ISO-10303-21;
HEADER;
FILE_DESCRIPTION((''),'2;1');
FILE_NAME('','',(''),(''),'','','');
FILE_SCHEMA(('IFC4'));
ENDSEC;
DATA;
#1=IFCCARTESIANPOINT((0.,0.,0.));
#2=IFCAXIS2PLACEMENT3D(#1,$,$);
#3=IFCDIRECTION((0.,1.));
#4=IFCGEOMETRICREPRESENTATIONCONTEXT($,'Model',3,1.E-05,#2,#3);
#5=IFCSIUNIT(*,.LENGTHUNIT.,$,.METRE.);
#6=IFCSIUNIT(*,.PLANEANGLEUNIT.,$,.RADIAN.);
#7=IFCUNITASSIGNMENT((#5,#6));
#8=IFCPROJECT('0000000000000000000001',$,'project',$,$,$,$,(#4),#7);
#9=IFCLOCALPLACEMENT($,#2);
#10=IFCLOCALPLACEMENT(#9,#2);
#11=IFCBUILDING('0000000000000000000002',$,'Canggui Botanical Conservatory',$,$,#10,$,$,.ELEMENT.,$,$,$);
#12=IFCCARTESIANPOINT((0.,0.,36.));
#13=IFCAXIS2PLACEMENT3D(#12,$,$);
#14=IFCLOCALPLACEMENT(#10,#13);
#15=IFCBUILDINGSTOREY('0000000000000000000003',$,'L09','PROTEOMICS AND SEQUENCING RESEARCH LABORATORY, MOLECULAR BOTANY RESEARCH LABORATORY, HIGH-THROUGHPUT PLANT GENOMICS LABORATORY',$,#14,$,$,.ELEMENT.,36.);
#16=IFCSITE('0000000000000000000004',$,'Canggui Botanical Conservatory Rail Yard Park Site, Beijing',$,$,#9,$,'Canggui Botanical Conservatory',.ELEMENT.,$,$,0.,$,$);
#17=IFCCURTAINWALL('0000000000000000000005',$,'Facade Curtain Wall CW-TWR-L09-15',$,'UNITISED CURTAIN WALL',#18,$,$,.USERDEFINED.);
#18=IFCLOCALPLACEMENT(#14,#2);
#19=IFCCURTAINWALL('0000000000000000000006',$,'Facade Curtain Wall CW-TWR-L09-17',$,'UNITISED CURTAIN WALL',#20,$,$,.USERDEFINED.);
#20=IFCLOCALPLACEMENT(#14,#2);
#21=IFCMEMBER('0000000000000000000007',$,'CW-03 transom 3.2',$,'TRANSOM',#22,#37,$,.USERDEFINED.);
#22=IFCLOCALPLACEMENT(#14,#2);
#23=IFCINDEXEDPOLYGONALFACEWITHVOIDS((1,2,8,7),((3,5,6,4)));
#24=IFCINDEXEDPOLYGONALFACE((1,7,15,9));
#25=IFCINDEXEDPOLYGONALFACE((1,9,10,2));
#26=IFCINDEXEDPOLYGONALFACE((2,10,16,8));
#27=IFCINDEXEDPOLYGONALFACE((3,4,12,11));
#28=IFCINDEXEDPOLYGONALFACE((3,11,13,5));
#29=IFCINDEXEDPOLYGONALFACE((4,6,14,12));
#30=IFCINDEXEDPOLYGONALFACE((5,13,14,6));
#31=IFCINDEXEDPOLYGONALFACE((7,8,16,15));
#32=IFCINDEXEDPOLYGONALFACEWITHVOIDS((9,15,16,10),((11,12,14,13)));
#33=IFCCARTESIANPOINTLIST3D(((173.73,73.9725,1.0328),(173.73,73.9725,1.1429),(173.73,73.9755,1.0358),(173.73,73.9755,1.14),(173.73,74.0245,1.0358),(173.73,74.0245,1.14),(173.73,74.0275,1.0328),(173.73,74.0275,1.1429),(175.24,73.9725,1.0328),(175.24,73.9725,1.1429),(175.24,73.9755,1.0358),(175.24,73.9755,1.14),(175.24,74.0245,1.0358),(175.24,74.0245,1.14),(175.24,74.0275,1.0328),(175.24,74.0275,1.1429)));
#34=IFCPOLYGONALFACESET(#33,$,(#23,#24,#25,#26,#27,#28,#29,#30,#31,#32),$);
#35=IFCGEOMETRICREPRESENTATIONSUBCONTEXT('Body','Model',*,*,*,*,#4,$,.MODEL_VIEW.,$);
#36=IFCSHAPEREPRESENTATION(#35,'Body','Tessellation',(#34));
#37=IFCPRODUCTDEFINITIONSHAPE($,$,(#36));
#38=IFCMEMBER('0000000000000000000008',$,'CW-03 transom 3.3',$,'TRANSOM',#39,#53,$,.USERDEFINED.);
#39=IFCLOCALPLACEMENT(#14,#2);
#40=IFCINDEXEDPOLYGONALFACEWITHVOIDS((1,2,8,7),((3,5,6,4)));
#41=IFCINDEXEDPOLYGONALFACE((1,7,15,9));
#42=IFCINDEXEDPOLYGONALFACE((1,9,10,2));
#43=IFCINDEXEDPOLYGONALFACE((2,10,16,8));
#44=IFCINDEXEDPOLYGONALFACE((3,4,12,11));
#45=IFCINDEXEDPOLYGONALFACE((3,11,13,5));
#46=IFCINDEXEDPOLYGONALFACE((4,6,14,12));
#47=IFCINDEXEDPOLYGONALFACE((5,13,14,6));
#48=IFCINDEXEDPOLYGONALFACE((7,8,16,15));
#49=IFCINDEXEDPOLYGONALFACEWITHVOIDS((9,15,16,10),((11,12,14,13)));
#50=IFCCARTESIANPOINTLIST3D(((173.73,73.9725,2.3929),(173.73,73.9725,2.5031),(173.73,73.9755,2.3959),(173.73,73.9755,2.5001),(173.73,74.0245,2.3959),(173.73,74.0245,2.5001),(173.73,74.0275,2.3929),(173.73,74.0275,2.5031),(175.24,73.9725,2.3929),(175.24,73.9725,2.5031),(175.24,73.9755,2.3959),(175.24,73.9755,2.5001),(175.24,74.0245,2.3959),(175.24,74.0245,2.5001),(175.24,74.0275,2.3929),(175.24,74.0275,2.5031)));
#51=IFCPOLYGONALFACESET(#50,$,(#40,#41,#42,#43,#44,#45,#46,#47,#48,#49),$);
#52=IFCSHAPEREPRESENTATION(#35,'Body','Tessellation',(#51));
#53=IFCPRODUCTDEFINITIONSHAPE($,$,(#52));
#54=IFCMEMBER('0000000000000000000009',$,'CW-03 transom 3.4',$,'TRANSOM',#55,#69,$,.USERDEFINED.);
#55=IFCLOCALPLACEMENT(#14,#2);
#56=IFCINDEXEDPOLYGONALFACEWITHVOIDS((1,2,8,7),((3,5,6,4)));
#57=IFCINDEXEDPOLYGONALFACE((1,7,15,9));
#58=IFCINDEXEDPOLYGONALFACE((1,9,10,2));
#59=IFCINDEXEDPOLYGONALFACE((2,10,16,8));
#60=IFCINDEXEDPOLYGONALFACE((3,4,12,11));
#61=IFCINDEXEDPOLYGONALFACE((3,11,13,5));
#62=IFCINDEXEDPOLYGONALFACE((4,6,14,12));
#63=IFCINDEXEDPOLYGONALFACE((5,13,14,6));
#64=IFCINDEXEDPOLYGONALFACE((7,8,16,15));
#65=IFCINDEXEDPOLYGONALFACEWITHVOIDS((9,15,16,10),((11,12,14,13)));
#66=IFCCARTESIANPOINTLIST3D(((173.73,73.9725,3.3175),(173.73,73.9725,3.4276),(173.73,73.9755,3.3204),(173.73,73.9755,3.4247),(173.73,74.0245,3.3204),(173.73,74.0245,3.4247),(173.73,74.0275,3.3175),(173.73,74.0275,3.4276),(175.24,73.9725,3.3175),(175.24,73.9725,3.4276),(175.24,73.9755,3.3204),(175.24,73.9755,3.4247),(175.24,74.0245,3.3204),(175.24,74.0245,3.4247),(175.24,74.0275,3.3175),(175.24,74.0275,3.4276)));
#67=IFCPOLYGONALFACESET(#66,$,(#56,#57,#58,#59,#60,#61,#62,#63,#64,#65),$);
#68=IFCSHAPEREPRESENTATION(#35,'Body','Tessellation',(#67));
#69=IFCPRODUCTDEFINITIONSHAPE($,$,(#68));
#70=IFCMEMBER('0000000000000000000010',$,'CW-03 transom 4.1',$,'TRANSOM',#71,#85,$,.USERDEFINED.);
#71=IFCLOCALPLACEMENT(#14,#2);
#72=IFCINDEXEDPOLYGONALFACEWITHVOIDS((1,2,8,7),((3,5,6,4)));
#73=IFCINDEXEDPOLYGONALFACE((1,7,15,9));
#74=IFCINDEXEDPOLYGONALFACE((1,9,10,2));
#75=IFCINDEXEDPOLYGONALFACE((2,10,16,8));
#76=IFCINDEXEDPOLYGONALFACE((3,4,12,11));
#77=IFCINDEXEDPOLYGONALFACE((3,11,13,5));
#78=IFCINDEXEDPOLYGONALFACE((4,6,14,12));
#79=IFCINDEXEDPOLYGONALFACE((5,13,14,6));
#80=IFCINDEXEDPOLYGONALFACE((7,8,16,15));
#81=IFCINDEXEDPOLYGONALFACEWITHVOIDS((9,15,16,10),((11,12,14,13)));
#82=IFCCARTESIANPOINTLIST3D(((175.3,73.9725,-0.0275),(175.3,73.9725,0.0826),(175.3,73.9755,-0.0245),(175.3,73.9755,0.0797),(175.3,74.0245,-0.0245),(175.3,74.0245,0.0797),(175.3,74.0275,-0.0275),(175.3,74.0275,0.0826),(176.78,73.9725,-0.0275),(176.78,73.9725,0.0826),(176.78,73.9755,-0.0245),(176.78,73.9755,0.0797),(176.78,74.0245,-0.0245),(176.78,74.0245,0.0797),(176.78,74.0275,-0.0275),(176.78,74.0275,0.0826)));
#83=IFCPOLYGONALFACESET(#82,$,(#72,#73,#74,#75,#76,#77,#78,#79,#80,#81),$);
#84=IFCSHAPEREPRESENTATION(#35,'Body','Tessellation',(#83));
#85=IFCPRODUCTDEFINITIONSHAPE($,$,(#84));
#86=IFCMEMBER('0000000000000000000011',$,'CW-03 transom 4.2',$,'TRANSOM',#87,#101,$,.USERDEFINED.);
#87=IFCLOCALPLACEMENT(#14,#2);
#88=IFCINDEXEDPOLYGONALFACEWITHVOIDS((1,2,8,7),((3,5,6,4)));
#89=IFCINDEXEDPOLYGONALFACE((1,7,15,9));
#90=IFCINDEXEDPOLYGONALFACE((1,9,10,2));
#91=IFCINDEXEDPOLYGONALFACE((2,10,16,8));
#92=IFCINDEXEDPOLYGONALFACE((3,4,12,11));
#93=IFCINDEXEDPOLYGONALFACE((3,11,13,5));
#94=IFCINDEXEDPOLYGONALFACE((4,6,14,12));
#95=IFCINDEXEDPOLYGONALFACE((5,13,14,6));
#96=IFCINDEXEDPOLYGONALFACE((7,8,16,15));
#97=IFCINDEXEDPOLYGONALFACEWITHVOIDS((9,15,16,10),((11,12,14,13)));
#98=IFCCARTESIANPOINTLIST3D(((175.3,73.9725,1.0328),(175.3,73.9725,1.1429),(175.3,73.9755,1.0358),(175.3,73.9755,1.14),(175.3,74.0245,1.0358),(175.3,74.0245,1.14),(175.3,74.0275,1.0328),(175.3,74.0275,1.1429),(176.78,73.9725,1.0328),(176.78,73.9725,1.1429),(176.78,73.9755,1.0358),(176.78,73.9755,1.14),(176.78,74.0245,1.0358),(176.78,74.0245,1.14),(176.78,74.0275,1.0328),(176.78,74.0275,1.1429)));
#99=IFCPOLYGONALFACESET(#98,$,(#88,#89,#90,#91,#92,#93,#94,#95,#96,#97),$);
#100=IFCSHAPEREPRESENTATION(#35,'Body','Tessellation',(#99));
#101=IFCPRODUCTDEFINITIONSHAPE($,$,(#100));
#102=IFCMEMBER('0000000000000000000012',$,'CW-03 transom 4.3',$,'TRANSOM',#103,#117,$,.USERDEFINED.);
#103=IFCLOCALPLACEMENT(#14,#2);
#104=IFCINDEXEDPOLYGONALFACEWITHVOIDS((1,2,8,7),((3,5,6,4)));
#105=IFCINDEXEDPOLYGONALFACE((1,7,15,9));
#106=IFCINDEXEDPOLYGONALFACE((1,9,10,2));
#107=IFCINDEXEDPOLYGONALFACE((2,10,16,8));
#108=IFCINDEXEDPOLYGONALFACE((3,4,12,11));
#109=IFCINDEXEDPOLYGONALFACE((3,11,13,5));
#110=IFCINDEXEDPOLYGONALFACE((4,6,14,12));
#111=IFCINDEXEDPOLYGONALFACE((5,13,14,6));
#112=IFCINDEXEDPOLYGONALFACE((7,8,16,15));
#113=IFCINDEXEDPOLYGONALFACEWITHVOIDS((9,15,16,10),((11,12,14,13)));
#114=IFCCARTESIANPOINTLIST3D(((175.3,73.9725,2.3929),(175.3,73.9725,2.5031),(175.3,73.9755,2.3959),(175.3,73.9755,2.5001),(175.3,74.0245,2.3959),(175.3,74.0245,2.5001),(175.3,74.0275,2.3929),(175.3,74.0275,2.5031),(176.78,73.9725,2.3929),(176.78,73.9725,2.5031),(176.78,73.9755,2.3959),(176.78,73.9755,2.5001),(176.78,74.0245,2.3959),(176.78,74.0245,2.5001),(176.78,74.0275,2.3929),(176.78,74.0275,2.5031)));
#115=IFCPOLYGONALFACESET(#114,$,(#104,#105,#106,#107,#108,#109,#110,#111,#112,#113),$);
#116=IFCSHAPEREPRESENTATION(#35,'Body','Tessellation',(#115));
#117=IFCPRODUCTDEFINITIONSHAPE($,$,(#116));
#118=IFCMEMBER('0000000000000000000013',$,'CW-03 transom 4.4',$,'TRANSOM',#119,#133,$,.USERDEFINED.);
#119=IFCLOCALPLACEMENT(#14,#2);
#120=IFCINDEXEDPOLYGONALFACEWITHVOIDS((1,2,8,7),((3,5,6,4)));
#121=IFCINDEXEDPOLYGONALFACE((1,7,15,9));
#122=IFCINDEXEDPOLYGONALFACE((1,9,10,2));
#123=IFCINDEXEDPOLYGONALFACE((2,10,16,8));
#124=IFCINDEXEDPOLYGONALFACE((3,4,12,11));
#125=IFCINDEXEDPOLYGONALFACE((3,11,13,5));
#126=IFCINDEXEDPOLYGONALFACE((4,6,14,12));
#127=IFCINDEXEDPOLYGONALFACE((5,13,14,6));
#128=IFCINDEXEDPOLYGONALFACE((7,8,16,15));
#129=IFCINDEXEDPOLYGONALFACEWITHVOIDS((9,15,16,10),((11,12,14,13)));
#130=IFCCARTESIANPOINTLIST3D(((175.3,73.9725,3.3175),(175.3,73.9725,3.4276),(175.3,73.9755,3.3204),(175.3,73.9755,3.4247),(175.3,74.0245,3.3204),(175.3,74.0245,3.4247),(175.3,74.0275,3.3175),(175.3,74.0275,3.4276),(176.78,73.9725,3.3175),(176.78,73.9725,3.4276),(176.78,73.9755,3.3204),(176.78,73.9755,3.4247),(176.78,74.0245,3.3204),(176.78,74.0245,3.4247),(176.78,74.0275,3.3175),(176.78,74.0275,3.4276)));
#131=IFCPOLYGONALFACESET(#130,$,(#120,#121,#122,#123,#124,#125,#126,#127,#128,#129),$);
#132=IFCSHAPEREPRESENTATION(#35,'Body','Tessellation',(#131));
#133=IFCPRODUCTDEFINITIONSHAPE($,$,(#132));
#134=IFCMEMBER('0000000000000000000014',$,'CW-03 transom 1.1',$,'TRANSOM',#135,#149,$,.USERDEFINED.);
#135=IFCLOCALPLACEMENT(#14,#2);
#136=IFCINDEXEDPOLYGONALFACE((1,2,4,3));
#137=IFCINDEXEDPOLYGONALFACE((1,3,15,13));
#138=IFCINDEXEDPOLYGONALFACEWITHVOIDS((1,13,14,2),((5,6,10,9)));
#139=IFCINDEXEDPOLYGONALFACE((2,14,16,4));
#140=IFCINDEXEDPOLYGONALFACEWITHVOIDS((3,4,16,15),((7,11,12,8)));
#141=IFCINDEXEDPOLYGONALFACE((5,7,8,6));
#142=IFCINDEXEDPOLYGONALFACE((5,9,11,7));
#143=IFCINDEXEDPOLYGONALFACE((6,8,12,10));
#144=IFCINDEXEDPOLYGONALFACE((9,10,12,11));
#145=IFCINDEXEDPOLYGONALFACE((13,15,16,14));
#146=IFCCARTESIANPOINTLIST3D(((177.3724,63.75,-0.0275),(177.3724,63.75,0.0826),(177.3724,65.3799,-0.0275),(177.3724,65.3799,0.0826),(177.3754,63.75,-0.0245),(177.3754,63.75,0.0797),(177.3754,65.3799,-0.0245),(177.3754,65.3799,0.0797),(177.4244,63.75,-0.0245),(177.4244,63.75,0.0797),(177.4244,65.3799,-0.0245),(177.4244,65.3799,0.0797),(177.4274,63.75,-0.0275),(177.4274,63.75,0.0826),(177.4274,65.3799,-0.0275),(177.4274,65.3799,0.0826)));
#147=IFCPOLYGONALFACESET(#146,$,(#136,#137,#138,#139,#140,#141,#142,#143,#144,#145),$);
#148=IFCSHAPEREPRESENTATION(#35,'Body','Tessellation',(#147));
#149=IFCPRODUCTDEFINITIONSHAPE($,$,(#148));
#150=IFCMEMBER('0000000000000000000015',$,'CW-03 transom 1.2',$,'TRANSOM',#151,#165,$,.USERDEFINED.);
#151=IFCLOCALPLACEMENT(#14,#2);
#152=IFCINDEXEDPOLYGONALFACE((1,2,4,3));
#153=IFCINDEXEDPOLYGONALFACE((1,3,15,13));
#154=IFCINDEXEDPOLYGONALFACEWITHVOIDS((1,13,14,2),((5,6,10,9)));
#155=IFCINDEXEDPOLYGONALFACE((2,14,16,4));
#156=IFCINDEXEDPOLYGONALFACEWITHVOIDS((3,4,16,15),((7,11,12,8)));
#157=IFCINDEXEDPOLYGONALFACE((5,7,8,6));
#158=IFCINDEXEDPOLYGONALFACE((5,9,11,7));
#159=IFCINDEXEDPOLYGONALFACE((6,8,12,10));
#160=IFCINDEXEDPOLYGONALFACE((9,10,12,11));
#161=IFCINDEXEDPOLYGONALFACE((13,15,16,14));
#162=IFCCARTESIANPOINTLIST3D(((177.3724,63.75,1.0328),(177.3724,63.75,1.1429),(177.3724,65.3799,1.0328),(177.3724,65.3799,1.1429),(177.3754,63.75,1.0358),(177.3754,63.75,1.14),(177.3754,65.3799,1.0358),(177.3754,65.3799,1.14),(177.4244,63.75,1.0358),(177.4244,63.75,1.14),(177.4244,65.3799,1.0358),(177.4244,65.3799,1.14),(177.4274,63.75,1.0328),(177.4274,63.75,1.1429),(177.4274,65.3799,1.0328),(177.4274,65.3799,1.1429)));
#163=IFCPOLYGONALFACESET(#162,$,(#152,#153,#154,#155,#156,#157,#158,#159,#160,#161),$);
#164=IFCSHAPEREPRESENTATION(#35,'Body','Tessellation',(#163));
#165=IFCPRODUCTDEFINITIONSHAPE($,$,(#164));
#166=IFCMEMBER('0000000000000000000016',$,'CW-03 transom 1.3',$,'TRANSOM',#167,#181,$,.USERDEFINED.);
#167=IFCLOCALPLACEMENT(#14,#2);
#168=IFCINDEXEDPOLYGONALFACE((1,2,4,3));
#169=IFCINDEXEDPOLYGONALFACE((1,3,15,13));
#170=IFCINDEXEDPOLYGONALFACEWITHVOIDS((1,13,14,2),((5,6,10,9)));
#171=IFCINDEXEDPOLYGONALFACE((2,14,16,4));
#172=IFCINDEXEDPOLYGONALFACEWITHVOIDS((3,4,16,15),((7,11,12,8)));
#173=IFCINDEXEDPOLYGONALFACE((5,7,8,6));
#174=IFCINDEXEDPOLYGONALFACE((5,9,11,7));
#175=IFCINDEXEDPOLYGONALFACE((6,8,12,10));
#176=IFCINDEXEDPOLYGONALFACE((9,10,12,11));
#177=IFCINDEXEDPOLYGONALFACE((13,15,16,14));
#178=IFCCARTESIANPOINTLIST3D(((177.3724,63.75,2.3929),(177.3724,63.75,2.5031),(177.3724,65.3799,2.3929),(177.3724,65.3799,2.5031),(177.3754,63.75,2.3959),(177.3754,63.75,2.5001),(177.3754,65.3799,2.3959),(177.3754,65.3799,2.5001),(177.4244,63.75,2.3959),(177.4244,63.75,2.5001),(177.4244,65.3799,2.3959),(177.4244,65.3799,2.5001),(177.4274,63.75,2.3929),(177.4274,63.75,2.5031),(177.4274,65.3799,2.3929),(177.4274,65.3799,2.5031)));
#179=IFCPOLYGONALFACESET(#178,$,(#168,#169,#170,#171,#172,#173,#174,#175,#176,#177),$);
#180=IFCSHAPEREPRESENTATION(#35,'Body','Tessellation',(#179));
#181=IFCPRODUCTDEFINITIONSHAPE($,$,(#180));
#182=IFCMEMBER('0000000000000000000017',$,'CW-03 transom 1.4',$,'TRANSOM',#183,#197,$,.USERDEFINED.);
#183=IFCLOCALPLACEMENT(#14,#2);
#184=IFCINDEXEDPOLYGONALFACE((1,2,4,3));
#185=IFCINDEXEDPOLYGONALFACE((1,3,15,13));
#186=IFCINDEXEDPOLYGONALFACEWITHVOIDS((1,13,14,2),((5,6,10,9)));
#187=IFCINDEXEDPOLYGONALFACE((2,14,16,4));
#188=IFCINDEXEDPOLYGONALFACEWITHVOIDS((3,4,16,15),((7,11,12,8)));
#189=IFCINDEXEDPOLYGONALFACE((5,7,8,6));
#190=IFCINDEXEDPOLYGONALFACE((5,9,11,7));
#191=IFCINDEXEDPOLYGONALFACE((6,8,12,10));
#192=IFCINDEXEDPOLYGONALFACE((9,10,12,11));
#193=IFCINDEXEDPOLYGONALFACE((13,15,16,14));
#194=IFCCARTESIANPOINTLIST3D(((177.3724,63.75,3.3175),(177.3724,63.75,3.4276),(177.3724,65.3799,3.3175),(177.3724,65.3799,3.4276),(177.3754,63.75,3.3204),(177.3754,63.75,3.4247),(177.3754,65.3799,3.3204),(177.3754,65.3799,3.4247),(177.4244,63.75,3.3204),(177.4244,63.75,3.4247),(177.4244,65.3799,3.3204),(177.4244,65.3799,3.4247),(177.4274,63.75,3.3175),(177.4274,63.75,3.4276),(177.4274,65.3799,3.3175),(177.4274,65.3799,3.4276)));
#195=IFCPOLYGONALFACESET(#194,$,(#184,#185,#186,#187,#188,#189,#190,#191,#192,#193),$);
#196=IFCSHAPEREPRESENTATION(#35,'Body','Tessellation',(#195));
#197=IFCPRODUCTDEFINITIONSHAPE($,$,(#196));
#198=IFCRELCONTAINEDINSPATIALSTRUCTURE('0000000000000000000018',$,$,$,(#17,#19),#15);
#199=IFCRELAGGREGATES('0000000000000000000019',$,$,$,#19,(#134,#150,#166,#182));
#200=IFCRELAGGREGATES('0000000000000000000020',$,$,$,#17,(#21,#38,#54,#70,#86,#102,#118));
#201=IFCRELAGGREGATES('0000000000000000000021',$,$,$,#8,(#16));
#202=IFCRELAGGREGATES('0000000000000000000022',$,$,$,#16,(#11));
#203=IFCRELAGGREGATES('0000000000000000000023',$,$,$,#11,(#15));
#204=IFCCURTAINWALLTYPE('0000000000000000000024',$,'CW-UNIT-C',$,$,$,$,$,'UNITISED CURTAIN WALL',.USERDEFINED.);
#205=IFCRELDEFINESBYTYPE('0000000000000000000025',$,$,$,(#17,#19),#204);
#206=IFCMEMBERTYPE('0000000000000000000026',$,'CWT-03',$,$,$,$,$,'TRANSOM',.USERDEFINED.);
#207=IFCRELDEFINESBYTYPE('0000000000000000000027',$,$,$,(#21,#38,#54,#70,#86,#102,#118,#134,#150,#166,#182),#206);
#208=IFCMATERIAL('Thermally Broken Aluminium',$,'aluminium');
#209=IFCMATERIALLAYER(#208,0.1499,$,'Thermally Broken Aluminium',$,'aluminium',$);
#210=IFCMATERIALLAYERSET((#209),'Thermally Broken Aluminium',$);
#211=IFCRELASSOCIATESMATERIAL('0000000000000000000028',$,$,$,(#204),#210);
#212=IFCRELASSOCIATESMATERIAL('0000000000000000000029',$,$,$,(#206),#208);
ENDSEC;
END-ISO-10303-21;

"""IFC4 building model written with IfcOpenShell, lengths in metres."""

from ifc_helpers import new_model, si_unit, direction, frame, origin, origin_2d, place, context, subcontext, project, spatial, hollow_rectangle, extrude, material, layer, layer_set, material_profile, profile_set, type_object, element, aggregate, save


model = new_model("IFC4")

# Units and contexts
model_context = context("Model", 3, precision=1e-05, world=origin(), true_north=direction((0.0, 1.0)))
body_context = subcontext(model_context, "Body", "Model", "MODEL_VIEW")
ifc_project = project(units=[si_unit("LENGTHUNIT", "METRE"), si_unit("PLANEANGLEUNIT", "RADIAN")], contexts=[model_context])

# Site, building, storey
site_placement = place(None, origin())
site = spatial("IfcSite", under=ifc_project, at=site_placement, Name="Canggui Botanical Conservatory Rail Yard Park Site, Beijing", LongName="Canggui Botanical Conservatory", CompositionType="ELEMENT", RefElevation=0.0)
building_placement = place(site_placement, origin())
building = spatial("IfcBuilding", under=site, at=building_placement, Name="Canggui Botanical Conservatory", CompositionType="ELEMENT")
storey_placement = place(building_placement, frame((0.0, 0.0, 36.0)))
storey = spatial("IfcBuildingStorey", under=building, at=storey_placement, Name="L09", Description="PROTEOMICS AND SEQUENCING RESEARCH LABORATORY, MOLECULAR BOTANY RESEARCH LABORATORY, HIGH-THROUGHPUT PLANT GENOMICS LABORATORY", CompositionType="ELEMENT", Elevation=36.0)

# Curtain wall
ifc_material_1 = material(Name="Thermally Broken Aluminium", Category="aluminium")
ifc_layer_1 = layer(ifc_material_1, 0.1499, Name="Thermally Broken Aluminium", Category="aluminium")
ifc_layer_set_1 = layer_set([ifc_layer_1], Name="Thermally Broken Aluminium")
curtain_wall_type = type_object("IfcCurtainWallType", Name="CW-UNIT-C", ElementType="UNITISED CURTAIN WALL", PredefinedType="USERDEFINED", material=ifc_layer_set_1)
curtain_wall_1_placement = place(storey_placement, origin())
curtain_wall_1 = element("IfcCurtainWall", 1, at=curtain_wall_1_placement, inside=storey, type_object=curtain_wall_type, Name="Facade Curtain Wall CW-TWR-L09-15", ObjectType="UNITISED CURTAIN WALL", PredefinedType="USERDEFINED")

# Curtain wall
curtain_wall_2_placement = place(storey_placement, origin())
curtain_wall_2 = element("IfcCurtainWall", 2, at=curtain_wall_2_placement, inside=storey, type_object=curtain_wall_type, Name="Facade Curtain Wall CW-TWR-L09-17", ObjectType="UNITISED CURTAIN WALL", PredefinedType="USERDEFINED")

# Members
ifc_material_profile_1 = material_profile(ifc_material_1, hollow_rectangle(XDim=0.0549, YDim=0.1101, WallThickness=0.0029, at=origin_2d()), Name="CWT 55x110x3")
ifc_profile_set_1 = profile_set([ifc_material_profile_1], Name="Thermally Broken Aluminium")
member_type_1 = type_object("IfcMemberType", Name="CWT-03", ElementType="TRANSOM", PredefinedType="USERDEFINED", material=ifc_profile_set_1)
member_1_placement = place(storey_placement, frame((173.73, 74.0, 1.0879), z_axis=(1.0, 0.0, 0.0), x_axis=(0.0, 1.0, 0.0)))
member_1 = element("IfcMember", 3, at=member_1_placement, type_object=member_type_1, Name="CW-03 transom 3.2", ObjectType="TRANSOM", PredefinedType="USERDEFINED", context=body_context, shape_type="SweptSolid", body=[
    extrude(hollow_rectangle(XDim=0.0549, YDim=0.1101, WallThickness=0.0029, at=origin_2d()), origin(), (0.0, 0.0, 1.0), 1.51),
])
member_2_placement = place(storey_placement, frame((173.73, 74.0, 2.448), z_axis=(1.0, 0.0, 0.0), x_axis=(0.0, 1.0, 0.0)))
member_2 = element("IfcMember", 4, at=member_2_placement, type_object=member_type_1, Name="CW-03 transom 3.3", ObjectType="TRANSOM", PredefinedType="USERDEFINED", context=body_context, shape_type="SweptSolid", body=[
    extrude(hollow_rectangle(XDim=0.0549, YDim=0.1101, WallThickness=0.0029, at=origin_2d()), origin(), (0.0, 0.0, 1.0), 1.51),
])
member_3_placement = place(storey_placement, frame((173.73, 74.0, 3.3726), z_axis=(1.0, 0.0, 0.0), x_axis=(0.0, 1.0, 0.0)))
member_3 = element("IfcMember", 5, at=member_3_placement, type_object=member_type_1, Name="CW-03 transom 3.4", ObjectType="TRANSOM", PredefinedType="USERDEFINED", context=body_context, shape_type="SweptSolid", body=[
    extrude(hollow_rectangle(XDim=0.0549, YDim=0.1101, WallThickness=0.0029, at=origin_2d()), origin(), (0.0, 0.0, 1.0), 1.51),
])
member_4_placement = place(storey_placement, frame((175.3, 74.0, 0.0276), z_axis=(1.0, 0.0, 0.0), x_axis=(0.0, 1.0, 0.0)))
member_4 = element("IfcMember", 6, at=member_4_placement, type_object=member_type_1, Name="CW-03 transom 4.1", ObjectType="TRANSOM", PredefinedType="USERDEFINED", context=body_context, shape_type="SweptSolid", body=[
    extrude(hollow_rectangle(XDim=0.0549, YDim=0.1101, WallThickness=0.0029, at=origin_2d()), origin(), (0.0, 0.0, 1.0), 1.48),
])
member_5_placement = place(storey_placement, frame((175.3, 74.0, 1.0879), z_axis=(1.0, 0.0, 0.0), x_axis=(0.0, 1.0, 0.0)))
member_5 = element("IfcMember", 7, at=member_5_placement, type_object=member_type_1, Name="CW-03 transom 4.2", ObjectType="TRANSOM", PredefinedType="USERDEFINED", context=body_context, shape_type="SweptSolid", body=[
    extrude(hollow_rectangle(XDim=0.0549, YDim=0.1101, WallThickness=0.0029, at=origin_2d()), origin(), (0.0, 0.0, 1.0), 1.48),
])
member_6_placement = place(storey_placement, frame((175.3, 74.0, 2.448), z_axis=(1.0, 0.0, 0.0), x_axis=(0.0, 1.0, 0.0)))
member_6 = element("IfcMember", 8, at=member_6_placement, type_object=member_type_1, Name="CW-03 transom 4.3", ObjectType="TRANSOM", PredefinedType="USERDEFINED", context=body_context, shape_type="SweptSolid", body=[
    extrude(hollow_rectangle(XDim=0.0549, YDim=0.1101, WallThickness=0.0029, at=origin_2d()), origin(), (0.0, 0.0, 1.0), 1.48),
])
member_7_placement = place(storey_placement, frame((175.3, 74.0, 3.3726), z_axis=(1.0, 0.0, 0.0), x_axis=(0.0, 1.0, 0.0)))
member_7 = element("IfcMember", 9, at=member_7_placement, type_object=member_type_1, Name="CW-03 transom 4.4", ObjectType="TRANSOM", PredefinedType="USERDEFINED", context=body_context, shape_type="SweptSolid", body=[
    extrude(hollow_rectangle(XDim=0.0549, YDim=0.1101, WallThickness=0.0029, at=origin_2d()), origin(), (0.0, 0.0, 1.0), 1.48),
])
member_8_placement = place(storey_placement, frame((177.3999, 65.3799, 0.0276), z_axis=(0.0, -1.0, 0.0), x_axis=(1.0, 0.0, 0.0)))
member_8 = element("IfcMember", 10, at=member_8_placement, type_object=member_type_1, Name="CW-03 transom 1.1", ObjectType="TRANSOM", PredefinedType="USERDEFINED", context=body_context, shape_type="SweptSolid", body=[
    extrude(hollow_rectangle(XDim=0.0549, YDim=0.1101, WallThickness=0.0029, at=origin_2d()), origin(), (0.0, 0.0, 1.0), 1.6299),
])
member_9_placement = place(storey_placement, frame((177.3999, 65.3799, 1.0879), z_axis=(0.0, -1.0, 0.0), x_axis=(1.0, 0.0, 0.0)))
member_9 = element("IfcMember", 11, at=member_9_placement, type_object=member_type_1, Name="CW-03 transom 1.2", ObjectType="TRANSOM", PredefinedType="USERDEFINED", context=body_context, shape_type="SweptSolid", body=[
    extrude(hollow_rectangle(XDim=0.0549, YDim=0.1101, WallThickness=0.0029, at=origin_2d()), origin(), (0.0, 0.0, 1.0), 1.6299),
])
member_10_placement = place(storey_placement, frame((177.3999, 65.3799, 2.448), z_axis=(0.0, -1.0, 0.0), x_axis=(1.0, 0.0, 0.0)))
member_10 = element("IfcMember", 12, at=member_10_placement, type_object=member_type_1, Name="CW-03 transom 1.3", ObjectType="TRANSOM", PredefinedType="USERDEFINED", context=body_context, shape_type="SweptSolid", body=[
    extrude(hollow_rectangle(XDim=0.0549, YDim=0.1101, WallThickness=0.0029, at=origin_2d()), origin(), (0.0, 0.0, 1.0), 1.6299),
])
member_11_placement = place(storey_placement, frame((177.3999, 65.3799, 3.3726), z_axis=(0.0, -1.0, 0.0), x_axis=(1.0, 0.0, 0.0)))
member_11 = element("IfcMember", 13, at=member_11_placement, type_object=member_type_1, Name="CW-03 transom 1.4", ObjectType="TRANSOM", PredefinedType="USERDEFINED", context=body_context, shape_type="SweptSolid", body=[
    extrude(hollow_rectangle(XDim=0.0549, YDim=0.1101, WallThickness=0.0029, at=origin_2d()), origin(), (0.0, 0.0, 1.0), 1.6299),
])
aggregate(curtain_wall_2, [member_8, member_9, member_10, member_11])

aggregate(curtain_wall_1, [member_1, member_2, member_3, member_4, member_5, member_6, member_7])

save(model, "model.ifc")
